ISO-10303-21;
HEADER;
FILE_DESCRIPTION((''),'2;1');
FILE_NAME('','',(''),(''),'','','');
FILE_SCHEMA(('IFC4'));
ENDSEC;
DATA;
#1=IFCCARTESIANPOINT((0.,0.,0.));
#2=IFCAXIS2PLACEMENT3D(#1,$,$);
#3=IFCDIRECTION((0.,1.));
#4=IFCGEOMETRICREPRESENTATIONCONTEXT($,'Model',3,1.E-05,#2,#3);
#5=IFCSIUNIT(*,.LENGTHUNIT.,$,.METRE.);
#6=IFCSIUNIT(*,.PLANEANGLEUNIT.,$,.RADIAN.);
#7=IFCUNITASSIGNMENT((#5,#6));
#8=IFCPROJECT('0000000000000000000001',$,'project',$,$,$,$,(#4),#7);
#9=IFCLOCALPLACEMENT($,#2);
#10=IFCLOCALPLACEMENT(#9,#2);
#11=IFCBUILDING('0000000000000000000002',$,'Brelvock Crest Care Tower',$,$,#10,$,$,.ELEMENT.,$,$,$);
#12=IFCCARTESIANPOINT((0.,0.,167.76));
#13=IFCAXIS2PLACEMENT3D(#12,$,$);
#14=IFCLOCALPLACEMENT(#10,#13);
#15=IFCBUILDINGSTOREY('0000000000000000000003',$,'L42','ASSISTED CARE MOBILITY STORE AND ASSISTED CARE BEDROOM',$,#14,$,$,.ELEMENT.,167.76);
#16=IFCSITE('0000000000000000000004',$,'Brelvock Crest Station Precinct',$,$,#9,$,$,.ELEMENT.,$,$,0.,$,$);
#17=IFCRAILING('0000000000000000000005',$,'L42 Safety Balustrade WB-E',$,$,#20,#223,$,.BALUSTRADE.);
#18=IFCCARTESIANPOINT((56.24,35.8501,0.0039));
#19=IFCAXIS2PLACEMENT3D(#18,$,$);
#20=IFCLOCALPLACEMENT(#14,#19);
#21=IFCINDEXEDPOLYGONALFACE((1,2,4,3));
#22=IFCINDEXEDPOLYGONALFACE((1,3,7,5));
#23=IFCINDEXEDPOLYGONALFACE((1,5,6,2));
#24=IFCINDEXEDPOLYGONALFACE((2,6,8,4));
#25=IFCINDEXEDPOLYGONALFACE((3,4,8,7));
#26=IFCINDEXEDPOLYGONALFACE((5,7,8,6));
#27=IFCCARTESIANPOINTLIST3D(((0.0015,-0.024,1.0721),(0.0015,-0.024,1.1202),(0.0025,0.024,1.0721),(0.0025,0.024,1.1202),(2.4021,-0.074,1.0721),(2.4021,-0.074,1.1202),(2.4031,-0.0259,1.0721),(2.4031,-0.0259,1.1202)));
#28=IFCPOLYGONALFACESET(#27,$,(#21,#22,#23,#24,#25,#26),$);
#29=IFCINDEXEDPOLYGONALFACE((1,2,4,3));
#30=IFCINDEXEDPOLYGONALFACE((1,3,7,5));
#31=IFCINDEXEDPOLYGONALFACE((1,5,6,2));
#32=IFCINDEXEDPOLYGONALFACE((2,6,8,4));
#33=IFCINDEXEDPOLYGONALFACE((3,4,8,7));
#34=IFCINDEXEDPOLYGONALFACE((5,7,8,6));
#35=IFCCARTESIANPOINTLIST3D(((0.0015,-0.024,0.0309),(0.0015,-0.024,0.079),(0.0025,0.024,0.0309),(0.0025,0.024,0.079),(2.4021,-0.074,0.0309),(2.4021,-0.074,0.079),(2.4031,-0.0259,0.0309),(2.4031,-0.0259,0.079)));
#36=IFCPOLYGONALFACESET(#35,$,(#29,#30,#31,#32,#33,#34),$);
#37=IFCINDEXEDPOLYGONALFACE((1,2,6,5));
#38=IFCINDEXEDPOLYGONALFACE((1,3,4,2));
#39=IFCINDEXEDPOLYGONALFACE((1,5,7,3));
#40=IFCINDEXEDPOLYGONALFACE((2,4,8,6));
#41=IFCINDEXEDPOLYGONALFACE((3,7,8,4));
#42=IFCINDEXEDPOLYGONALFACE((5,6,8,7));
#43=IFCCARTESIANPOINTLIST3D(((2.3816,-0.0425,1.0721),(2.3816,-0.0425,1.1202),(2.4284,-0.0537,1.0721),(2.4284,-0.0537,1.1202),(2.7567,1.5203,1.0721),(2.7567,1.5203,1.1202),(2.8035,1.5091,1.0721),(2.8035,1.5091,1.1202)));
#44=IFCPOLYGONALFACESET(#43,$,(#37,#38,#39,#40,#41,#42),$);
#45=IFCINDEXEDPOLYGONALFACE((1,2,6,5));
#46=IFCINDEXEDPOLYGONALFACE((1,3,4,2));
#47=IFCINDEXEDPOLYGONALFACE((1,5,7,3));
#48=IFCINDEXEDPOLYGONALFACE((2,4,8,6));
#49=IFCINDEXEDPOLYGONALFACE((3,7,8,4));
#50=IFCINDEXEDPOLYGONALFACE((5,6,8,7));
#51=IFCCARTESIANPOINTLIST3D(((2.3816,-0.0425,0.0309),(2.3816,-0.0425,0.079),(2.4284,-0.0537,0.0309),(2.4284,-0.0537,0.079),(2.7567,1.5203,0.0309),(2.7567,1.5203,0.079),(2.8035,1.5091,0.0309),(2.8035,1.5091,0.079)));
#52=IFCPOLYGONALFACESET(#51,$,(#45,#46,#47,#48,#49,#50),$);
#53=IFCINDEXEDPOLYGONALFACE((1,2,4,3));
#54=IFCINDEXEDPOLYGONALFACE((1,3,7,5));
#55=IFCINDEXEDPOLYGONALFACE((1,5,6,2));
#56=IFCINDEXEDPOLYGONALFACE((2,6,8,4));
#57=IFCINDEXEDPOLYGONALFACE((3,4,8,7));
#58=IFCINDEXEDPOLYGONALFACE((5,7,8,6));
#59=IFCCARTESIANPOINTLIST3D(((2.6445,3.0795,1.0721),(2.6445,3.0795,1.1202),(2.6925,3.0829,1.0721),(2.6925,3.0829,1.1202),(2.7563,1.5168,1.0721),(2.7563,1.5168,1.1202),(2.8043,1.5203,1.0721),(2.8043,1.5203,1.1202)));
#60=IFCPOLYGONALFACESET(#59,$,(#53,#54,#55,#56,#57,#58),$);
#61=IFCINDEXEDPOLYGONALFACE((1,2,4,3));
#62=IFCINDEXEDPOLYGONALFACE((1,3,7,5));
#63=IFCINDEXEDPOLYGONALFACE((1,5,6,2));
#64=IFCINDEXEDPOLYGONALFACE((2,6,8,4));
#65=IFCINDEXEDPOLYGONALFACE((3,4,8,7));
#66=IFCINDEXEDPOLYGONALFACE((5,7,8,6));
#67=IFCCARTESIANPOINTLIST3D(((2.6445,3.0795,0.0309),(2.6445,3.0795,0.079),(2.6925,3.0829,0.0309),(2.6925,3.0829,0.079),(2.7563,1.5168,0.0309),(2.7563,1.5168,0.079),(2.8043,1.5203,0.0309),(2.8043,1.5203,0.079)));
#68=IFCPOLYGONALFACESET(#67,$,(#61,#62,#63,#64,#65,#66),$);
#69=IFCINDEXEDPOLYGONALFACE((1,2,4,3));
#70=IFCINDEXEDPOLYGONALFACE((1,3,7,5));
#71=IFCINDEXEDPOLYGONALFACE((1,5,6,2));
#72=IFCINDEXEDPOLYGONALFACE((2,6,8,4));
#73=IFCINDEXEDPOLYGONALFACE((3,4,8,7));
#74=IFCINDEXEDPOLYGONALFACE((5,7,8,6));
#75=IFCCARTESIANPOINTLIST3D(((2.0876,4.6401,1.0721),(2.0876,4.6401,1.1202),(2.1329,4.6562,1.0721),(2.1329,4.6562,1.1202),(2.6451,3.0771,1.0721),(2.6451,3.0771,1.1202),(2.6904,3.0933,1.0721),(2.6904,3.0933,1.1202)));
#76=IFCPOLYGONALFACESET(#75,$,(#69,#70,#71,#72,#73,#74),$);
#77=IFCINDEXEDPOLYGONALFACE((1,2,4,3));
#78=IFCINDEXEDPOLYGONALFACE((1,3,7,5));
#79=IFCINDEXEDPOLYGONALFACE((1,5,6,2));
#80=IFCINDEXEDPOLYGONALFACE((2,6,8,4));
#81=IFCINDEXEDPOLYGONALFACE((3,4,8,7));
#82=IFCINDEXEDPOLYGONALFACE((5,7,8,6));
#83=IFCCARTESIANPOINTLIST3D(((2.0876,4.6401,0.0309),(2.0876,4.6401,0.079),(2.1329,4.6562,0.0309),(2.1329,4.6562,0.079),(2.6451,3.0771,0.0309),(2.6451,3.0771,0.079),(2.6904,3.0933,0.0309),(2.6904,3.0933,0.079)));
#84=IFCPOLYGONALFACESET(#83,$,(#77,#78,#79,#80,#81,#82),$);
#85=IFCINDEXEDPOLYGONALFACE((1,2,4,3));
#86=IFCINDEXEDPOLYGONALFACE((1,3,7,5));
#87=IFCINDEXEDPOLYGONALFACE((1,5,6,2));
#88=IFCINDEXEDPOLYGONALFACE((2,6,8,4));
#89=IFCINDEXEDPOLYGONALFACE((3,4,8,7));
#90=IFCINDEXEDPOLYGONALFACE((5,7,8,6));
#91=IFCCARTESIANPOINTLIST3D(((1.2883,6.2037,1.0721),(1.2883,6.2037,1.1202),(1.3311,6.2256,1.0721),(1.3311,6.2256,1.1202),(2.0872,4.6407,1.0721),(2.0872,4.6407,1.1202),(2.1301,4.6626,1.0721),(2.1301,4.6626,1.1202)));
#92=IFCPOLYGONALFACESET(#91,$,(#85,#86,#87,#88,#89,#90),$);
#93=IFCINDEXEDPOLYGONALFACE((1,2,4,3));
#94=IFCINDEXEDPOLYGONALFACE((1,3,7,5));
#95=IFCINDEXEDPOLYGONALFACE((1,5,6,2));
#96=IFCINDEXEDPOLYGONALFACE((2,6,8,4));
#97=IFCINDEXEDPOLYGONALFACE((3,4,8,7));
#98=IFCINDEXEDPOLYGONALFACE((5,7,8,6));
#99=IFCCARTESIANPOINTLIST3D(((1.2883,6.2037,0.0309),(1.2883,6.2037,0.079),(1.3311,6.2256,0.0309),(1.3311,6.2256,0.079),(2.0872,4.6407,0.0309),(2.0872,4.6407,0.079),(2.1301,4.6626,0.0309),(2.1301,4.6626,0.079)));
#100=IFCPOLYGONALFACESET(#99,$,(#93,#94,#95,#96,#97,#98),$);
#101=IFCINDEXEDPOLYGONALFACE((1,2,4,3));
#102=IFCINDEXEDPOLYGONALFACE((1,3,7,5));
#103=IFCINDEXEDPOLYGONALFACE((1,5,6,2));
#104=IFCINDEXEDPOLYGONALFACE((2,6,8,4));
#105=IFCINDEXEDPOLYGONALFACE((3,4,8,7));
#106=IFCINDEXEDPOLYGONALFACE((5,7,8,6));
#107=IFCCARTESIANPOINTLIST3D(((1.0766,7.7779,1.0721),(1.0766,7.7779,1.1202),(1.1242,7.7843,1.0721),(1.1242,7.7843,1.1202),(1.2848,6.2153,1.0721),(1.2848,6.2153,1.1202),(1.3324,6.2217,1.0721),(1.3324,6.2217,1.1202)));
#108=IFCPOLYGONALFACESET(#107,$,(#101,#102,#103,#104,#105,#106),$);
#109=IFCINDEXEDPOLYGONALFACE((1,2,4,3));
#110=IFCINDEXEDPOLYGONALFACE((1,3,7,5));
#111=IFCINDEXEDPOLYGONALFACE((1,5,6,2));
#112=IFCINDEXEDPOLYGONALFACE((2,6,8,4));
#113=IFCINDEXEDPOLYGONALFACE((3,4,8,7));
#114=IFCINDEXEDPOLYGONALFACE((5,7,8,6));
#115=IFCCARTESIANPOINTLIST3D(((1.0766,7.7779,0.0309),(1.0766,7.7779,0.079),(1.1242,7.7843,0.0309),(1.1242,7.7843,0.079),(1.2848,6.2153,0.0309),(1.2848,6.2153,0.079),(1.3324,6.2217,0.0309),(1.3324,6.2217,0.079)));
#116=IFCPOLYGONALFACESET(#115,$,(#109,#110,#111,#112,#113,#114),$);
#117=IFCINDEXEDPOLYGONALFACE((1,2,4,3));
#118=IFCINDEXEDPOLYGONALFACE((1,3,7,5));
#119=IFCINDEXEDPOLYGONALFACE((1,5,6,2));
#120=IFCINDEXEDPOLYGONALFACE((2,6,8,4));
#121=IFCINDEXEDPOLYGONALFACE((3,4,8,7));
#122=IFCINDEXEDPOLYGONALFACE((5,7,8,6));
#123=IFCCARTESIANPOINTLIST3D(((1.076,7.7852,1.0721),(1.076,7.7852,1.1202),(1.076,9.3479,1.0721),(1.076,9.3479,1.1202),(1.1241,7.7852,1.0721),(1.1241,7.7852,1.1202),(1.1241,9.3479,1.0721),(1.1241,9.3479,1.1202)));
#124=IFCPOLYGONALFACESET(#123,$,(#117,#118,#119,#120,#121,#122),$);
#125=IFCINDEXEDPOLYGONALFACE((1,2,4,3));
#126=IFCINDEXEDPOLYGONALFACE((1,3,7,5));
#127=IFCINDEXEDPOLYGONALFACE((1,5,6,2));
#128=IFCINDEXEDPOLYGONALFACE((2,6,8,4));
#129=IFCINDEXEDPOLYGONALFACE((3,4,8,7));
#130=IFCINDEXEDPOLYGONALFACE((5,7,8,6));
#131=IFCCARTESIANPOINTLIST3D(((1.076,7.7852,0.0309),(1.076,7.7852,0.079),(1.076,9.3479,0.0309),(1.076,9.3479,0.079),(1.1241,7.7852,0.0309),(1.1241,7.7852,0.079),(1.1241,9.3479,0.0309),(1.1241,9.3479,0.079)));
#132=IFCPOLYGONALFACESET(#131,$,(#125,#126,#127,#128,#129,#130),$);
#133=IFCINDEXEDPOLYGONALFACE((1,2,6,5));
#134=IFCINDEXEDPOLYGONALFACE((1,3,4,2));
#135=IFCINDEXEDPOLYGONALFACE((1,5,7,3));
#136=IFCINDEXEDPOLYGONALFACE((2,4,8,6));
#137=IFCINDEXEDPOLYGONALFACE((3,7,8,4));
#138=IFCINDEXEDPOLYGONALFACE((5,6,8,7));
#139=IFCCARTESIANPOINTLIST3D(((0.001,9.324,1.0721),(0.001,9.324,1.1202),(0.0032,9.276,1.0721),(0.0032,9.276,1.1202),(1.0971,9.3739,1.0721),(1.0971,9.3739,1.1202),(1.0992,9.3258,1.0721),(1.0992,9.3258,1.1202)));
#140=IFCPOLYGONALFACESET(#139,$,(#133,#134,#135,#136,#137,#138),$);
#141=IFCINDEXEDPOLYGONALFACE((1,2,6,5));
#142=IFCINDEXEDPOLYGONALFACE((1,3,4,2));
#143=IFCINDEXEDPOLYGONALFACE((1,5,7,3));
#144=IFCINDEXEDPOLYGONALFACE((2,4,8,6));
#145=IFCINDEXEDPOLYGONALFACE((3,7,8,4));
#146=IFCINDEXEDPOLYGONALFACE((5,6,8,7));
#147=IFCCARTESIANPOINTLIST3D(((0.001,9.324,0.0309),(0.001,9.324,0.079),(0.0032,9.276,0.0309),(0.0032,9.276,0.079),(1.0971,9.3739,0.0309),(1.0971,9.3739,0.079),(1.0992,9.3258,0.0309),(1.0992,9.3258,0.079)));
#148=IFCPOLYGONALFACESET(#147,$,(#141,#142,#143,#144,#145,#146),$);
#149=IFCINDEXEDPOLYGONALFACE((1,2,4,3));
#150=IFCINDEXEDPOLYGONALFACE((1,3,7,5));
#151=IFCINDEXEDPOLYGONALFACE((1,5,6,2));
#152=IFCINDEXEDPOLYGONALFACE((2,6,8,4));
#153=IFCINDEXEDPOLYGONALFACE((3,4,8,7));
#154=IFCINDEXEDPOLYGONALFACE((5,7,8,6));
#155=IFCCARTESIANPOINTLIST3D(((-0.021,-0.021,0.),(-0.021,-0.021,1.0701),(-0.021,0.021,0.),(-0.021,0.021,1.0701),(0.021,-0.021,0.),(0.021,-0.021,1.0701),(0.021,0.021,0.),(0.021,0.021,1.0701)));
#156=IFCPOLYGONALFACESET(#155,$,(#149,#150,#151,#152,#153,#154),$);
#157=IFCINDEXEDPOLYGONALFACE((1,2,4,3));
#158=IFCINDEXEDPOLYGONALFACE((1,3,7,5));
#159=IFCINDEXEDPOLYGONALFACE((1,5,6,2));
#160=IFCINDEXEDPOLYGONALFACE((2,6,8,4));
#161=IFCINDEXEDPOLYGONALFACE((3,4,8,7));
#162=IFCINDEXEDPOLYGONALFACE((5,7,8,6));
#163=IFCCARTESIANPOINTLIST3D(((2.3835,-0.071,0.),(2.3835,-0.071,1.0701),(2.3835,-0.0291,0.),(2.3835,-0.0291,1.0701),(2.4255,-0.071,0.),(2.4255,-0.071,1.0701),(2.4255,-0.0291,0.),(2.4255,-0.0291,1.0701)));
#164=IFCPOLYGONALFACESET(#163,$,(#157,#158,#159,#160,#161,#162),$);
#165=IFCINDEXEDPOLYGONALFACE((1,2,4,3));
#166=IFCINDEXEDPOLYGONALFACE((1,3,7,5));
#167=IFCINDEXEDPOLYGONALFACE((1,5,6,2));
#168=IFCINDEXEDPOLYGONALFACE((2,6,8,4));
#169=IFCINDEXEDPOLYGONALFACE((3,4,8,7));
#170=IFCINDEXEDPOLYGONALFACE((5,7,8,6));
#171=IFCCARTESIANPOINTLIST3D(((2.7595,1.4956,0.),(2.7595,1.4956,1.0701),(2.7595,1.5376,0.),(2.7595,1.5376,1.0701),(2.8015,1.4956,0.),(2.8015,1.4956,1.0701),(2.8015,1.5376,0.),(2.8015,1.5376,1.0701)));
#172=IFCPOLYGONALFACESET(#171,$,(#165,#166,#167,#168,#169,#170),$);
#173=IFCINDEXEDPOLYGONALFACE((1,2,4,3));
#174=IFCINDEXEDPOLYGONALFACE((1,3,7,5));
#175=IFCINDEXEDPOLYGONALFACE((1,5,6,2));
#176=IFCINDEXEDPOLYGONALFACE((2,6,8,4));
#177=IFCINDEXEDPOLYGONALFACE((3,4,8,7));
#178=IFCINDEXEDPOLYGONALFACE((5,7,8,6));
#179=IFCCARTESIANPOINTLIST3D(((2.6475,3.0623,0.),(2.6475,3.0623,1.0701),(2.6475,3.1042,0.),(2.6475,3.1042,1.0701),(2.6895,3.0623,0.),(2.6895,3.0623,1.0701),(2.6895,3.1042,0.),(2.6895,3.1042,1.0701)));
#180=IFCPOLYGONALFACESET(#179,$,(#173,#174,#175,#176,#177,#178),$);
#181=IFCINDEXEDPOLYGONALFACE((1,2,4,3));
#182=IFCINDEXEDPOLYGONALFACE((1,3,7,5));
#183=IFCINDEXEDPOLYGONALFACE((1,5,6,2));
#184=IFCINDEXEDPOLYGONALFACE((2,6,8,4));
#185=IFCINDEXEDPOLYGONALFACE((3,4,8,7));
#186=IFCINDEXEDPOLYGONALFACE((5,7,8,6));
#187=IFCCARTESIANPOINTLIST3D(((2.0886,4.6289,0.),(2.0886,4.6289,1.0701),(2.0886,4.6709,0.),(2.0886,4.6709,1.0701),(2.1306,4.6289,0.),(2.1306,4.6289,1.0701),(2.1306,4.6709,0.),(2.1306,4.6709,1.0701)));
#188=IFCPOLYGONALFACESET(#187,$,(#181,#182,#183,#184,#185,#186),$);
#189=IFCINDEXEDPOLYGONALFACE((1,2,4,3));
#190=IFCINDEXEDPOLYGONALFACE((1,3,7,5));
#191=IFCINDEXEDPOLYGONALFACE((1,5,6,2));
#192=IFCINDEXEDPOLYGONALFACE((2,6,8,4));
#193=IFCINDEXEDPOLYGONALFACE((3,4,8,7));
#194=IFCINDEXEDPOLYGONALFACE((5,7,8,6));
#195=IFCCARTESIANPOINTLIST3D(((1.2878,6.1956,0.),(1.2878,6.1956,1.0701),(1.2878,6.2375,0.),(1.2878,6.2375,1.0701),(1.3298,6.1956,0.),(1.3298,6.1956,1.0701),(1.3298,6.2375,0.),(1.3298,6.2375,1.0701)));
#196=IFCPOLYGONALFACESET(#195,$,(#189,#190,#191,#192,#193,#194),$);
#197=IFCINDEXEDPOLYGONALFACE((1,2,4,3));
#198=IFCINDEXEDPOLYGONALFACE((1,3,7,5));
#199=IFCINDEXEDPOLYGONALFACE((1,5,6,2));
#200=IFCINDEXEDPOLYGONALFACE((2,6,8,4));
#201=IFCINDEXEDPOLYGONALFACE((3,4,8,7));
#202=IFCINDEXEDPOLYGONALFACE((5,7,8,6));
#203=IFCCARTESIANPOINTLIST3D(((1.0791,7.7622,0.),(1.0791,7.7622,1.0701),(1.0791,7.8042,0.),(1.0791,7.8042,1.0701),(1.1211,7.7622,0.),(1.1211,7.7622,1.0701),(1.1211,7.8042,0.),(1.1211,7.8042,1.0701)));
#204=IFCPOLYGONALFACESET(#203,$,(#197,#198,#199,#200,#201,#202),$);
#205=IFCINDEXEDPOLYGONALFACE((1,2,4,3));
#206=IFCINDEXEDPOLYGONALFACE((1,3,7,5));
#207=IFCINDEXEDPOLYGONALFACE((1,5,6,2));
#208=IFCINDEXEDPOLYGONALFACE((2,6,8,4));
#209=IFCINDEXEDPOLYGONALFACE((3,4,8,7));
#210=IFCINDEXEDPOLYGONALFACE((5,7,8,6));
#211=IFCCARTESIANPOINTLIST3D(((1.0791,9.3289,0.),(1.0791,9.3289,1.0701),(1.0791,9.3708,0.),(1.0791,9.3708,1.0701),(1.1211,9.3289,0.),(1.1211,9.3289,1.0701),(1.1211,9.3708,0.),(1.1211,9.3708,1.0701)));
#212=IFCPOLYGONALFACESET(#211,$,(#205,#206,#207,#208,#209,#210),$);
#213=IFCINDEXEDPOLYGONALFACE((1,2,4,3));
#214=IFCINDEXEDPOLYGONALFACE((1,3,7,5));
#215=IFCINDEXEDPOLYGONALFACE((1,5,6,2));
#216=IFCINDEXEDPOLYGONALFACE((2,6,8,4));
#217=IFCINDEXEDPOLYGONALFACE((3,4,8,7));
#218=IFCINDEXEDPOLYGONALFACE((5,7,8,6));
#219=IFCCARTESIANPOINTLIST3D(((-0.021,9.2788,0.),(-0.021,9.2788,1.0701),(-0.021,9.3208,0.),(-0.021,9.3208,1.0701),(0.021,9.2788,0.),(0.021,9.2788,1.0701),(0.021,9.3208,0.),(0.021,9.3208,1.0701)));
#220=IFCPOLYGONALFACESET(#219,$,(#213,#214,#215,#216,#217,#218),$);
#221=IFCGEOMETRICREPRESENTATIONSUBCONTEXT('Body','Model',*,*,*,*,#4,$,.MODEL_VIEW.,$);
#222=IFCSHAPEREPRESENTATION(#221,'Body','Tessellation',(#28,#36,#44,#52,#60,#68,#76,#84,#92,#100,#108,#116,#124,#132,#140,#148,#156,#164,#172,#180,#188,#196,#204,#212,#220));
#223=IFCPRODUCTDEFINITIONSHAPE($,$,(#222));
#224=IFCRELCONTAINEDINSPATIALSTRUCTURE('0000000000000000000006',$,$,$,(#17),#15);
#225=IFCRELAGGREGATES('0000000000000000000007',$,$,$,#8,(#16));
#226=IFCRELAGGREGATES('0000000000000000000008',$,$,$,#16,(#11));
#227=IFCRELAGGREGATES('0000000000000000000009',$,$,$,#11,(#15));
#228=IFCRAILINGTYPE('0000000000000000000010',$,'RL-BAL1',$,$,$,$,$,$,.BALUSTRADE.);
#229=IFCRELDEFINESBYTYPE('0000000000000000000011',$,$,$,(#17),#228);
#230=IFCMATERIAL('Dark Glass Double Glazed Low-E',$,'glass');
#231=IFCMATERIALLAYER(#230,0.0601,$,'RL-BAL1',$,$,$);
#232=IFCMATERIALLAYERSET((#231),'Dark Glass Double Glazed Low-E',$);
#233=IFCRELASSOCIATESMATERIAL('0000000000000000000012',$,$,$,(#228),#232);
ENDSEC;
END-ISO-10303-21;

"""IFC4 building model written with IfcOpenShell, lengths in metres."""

from ifc_helpers import new_model, si_unit, direction, frame, origin, origin_2d, place, context, subcontext, project, spatial, rectangle, extrude, material, layer, layer_set, type_object, element, save


model = new_model("IFC4")

# Units and contexts
model_context = context("Model", 3, precision=1e-05, world=origin(), true_north=direction((0.0, 1.0)))
body_context = subcontext(model_context, "Body", "Model", "MODEL_VIEW")
ifc_project = project(units=[si_unit("LENGTHUNIT", "METRE"), si_unit("PLANEANGLEUNIT", "RADIAN")], contexts=[model_context])

# Site, building, storey
site_placement = place(None, origin())
site = spatial("IfcSite", under=ifc_project, at=site_placement, Name="Brelvock Crest Station Precinct", CompositionType="ELEMENT", RefElevation=0.0)
building_placement = place(site_placement, origin())
building = spatial("IfcBuilding", under=site, at=building_placement, Name="Brelvock Crest Care Tower", CompositionType="ELEMENT")
storey_placement = place(building_placement, frame((0.0, 0.0, 167.76)))
storey = spatial("IfcBuildingStorey", under=building, at=storey_placement, Name="L42", Description="ASSISTED CARE MOBILITY STORE AND ASSISTED CARE BEDROOM", CompositionType="ELEMENT", Elevation=167.76)

# Shared definitions
ifc_material_1 = material(Name="Dark Glass Double Glazed Low-E", Category="glass")

# Railing
ifc_layer_1 = layer(ifc_material_1, 0.0601, Name="RL-BAL1")
ifc_layer_set_1 = layer_set([ifc_layer_1], Name="Dark Glass Double Glazed Low-E")
railing_type = type_object("IfcRailingType", Name="RL-BAL1", PredefinedType="BALUSTRADE", material=ifc_layer_set_1)
railing_placement = place(storey_placement, frame((56.24, 35.8501, 0.0039)))
element("IfcRailing", 1, at=railing_placement, inside=storey, type_object=railing_type, Name="L42 Safety Balustrade WB-E", PredefinedType="BALUSTRADE", context=body_context, shape_type="SweptSolid", body=[
    extrude(rectangle(XDim=0.0481, YDim=0.0481, at=origin_2d()), frame((0.002, 0.0, 1.0962), z_axis=(0.999783, -0.02081, 0.0), x_axis=(0.02081, 0.999783, 0.0)), (0.0, 0.0, 1.0), 2.4011),
    extrude(rectangle(XDim=0.0481, YDim=0.0481, at=origin_2d()), frame((0.002, 0.0, 0.0549), z_axis=(0.999783, -0.02081, 0.0), x_axis=(0.02081, 0.999783, 0.0)), (0.0, 0.0, 1.0), 2.4011),
    extrude(rectangle(XDim=0.0481, YDim=0.0481, at=origin_2d()), frame((2.405, -0.0481, 1.0962), z_axis=(0.233361, 0.97239, 0.0), x_axis=(-0.97239, 0.233361, 0.0)), (0.0, 0.0, 1.0), 1.6072),
    extrude(rectangle(XDim=0.0481, YDim=0.0481, at=origin_2d()), frame((2.405, -0.0481, 0.0549), z_axis=(0.233361, 0.97239, 0.0), x_axis=(-0.97239, 0.233361, 0.0)), (0.0, 0.0, 1.0), 1.6072),
    extrude(rectangle(XDim=0.0481, YDim=0.0481, at=origin_2d()), frame((2.7803, 1.5186, 1.0962), z_axis=(-0.071346, 0.997452, 0.0), x_axis=(-0.997452, -0.071346, 0.0)), (0.0, 0.0, 1.0), 1.5667),
    extrude(rectangle(XDim=0.0481, YDim=0.0481, at=origin_2d()), frame((2.7803, 1.5186, 0.0549), z_axis=(-0.071346, 0.997452, 0.0), x_axis=(-0.997452, -0.071346, 0.0)), (0.0, 0.0, 1.0), 1.5667),
    extrude(rectangle(XDim=0.0481, YDim=0.0481, at=origin_2d()), frame((2.6677, 3.0852, 1.0962), z_axis=(-0.335974, 0.941871, 0.0), x_axis=(-0.941871, -0.335974, 0.0)), (0.0, 0.0, 1.0), 1.6594),
    extrude(rectangle(XDim=0.0481, YDim=0.0481, at=origin_2d()), frame((2.6677, 3.0852, 0.0549), z_axis=(-0.335974, 0.941871, 0.0), x_axis=(-0.941871, -0.335974, 0.0)), (0.0, 0.0, 1.0), 1.6594),
    extrude(rectangle(XDim=0.0481, YDim=0.0481, at=origin_2d()), frame((2.1086, 4.6516, 1.0962), z_axis=(-0.455133, 0.890423, 0.0), x_axis=(-0.890423, -0.455133, 0.0)), (0.0, 0.0, 1.0), 1.7554),
    extrude(rectangle(XDim=0.0481, YDim=0.0481, at=origin_2d()), frame((2.1086, 4.6516, 0.0549), z_axis=(-0.455133, 0.890423, 0.0), x_axis=(-0.890423, -0.455133, 0.0)), (0.0, 0.0, 1.0), 1.7554),
    extrude(rectangle(XDim=0.0481, YDim=0.0481, at=origin_2d()), frame((1.3086, 6.2185, 1.0962), z_axis=(-0.132073, 0.99124, 0.0), x_axis=(-0.99124, -0.132073, 0.0)), (0.0, 0.0, 1.0), 1.5764),
    extrude(rectangle(XDim=0.0481, YDim=0.0481, at=origin_2d()), frame((1.3086, 6.2185, 0.0549), z_axis=(-0.132073, 0.99124, 0.0), x_axis=(-0.99124, -0.132073, 0.0)), (0.0, 0.0, 1.0), 1.5764),
    extrude(rectangle(XDim=0.0481, YDim=0.0481, at=origin_2d()), frame((1.1001, 7.7852, 1.0962), z_axis=(0.0, 1.0, 0.0), x_axis=(-1.0, 0.0, 0.0)), (0.0, 0.0, 1.0), 1.5627),
    extrude(rectangle(XDim=0.0481, YDim=0.0481, at=origin_2d()), frame((1.1001, 7.7852, 0.0549), z_axis=(0.0, 1.0, 0.0), x_axis=(-1.0, 0.0, 0.0)), (0.0, 0.0, 1.0), 1.5627),
    extrude(rectangle(XDim=0.0481, YDim=0.0481, at=origin_2d()), frame((1.0981, 9.3499, 1.0962), z_axis=(-0.998967, -0.045448, 0.0), x_axis=(0.045448, -0.998967, 0.0)), (0.0, 0.0, 1.0), 1.0972),
    extrude(rectangle(XDim=0.0481, YDim=0.0481, at=origin_2d()), frame((1.0981, 9.3499, 0.0549), z_axis=(-0.998967, -0.045448, 0.0), x_axis=(0.045448, -0.998967, 0.0)), (0.0, 0.0, 1.0), 1.0972),
    extrude(rectangle(XDim=0.042, YDim=0.042, at=origin_2d()), origin(), (0.0, 0.0, 1.0), 1.0701),
    extrude(rectangle(XDim=0.042, YDim=0.042, at=origin_2d()), frame((2.4045, -0.05, 0.0)), (0.0, 0.0, 1.0), 1.0701),
    extrude(rectangle(XDim=0.042, YDim=0.042, at=origin_2d()), frame((2.7805, 1.5166, 0.0)), (0.0, 0.0, 1.0), 1.0701),
    extrude(rectangle(XDim=0.042, YDim=0.042, at=origin_2d()), frame((2.6685, 3.0833, 0.0)), (0.0, 0.0, 1.0), 1.0701),
    extrude(rectangle(XDim=0.042, YDim=0.042, at=origin_2d()), frame((2.1096, 4.6499, 0.0)), (0.0, 0.0, 1.0), 1.0701),
    extrude(rectangle(XDim=0.042, YDim=0.042, at=origin_2d()), frame((1.3088, 6.2166, 0.0)), (0.0, 0.0, 1.0), 1.0701),
    extrude(rectangle(XDim=0.042, YDim=0.042, at=origin_2d()), frame((1.1001, 7.7832, 0.0)), (0.0, 0.0, 1.0), 1.0701),
    extrude(rectangle(XDim=0.042, YDim=0.042, at=origin_2d()), frame((1.1001, 9.3499, 0.0)), (0.0, 0.0, 1.0), 1.0701),
    extrude(rectangle(XDim=0.042, YDim=0.042, at=origin_2d()), frame((0.0, 9.2998, 0.0)), (0.0, 0.0, 1.0), 1.0701),
])

save(model, "model.ifc")
